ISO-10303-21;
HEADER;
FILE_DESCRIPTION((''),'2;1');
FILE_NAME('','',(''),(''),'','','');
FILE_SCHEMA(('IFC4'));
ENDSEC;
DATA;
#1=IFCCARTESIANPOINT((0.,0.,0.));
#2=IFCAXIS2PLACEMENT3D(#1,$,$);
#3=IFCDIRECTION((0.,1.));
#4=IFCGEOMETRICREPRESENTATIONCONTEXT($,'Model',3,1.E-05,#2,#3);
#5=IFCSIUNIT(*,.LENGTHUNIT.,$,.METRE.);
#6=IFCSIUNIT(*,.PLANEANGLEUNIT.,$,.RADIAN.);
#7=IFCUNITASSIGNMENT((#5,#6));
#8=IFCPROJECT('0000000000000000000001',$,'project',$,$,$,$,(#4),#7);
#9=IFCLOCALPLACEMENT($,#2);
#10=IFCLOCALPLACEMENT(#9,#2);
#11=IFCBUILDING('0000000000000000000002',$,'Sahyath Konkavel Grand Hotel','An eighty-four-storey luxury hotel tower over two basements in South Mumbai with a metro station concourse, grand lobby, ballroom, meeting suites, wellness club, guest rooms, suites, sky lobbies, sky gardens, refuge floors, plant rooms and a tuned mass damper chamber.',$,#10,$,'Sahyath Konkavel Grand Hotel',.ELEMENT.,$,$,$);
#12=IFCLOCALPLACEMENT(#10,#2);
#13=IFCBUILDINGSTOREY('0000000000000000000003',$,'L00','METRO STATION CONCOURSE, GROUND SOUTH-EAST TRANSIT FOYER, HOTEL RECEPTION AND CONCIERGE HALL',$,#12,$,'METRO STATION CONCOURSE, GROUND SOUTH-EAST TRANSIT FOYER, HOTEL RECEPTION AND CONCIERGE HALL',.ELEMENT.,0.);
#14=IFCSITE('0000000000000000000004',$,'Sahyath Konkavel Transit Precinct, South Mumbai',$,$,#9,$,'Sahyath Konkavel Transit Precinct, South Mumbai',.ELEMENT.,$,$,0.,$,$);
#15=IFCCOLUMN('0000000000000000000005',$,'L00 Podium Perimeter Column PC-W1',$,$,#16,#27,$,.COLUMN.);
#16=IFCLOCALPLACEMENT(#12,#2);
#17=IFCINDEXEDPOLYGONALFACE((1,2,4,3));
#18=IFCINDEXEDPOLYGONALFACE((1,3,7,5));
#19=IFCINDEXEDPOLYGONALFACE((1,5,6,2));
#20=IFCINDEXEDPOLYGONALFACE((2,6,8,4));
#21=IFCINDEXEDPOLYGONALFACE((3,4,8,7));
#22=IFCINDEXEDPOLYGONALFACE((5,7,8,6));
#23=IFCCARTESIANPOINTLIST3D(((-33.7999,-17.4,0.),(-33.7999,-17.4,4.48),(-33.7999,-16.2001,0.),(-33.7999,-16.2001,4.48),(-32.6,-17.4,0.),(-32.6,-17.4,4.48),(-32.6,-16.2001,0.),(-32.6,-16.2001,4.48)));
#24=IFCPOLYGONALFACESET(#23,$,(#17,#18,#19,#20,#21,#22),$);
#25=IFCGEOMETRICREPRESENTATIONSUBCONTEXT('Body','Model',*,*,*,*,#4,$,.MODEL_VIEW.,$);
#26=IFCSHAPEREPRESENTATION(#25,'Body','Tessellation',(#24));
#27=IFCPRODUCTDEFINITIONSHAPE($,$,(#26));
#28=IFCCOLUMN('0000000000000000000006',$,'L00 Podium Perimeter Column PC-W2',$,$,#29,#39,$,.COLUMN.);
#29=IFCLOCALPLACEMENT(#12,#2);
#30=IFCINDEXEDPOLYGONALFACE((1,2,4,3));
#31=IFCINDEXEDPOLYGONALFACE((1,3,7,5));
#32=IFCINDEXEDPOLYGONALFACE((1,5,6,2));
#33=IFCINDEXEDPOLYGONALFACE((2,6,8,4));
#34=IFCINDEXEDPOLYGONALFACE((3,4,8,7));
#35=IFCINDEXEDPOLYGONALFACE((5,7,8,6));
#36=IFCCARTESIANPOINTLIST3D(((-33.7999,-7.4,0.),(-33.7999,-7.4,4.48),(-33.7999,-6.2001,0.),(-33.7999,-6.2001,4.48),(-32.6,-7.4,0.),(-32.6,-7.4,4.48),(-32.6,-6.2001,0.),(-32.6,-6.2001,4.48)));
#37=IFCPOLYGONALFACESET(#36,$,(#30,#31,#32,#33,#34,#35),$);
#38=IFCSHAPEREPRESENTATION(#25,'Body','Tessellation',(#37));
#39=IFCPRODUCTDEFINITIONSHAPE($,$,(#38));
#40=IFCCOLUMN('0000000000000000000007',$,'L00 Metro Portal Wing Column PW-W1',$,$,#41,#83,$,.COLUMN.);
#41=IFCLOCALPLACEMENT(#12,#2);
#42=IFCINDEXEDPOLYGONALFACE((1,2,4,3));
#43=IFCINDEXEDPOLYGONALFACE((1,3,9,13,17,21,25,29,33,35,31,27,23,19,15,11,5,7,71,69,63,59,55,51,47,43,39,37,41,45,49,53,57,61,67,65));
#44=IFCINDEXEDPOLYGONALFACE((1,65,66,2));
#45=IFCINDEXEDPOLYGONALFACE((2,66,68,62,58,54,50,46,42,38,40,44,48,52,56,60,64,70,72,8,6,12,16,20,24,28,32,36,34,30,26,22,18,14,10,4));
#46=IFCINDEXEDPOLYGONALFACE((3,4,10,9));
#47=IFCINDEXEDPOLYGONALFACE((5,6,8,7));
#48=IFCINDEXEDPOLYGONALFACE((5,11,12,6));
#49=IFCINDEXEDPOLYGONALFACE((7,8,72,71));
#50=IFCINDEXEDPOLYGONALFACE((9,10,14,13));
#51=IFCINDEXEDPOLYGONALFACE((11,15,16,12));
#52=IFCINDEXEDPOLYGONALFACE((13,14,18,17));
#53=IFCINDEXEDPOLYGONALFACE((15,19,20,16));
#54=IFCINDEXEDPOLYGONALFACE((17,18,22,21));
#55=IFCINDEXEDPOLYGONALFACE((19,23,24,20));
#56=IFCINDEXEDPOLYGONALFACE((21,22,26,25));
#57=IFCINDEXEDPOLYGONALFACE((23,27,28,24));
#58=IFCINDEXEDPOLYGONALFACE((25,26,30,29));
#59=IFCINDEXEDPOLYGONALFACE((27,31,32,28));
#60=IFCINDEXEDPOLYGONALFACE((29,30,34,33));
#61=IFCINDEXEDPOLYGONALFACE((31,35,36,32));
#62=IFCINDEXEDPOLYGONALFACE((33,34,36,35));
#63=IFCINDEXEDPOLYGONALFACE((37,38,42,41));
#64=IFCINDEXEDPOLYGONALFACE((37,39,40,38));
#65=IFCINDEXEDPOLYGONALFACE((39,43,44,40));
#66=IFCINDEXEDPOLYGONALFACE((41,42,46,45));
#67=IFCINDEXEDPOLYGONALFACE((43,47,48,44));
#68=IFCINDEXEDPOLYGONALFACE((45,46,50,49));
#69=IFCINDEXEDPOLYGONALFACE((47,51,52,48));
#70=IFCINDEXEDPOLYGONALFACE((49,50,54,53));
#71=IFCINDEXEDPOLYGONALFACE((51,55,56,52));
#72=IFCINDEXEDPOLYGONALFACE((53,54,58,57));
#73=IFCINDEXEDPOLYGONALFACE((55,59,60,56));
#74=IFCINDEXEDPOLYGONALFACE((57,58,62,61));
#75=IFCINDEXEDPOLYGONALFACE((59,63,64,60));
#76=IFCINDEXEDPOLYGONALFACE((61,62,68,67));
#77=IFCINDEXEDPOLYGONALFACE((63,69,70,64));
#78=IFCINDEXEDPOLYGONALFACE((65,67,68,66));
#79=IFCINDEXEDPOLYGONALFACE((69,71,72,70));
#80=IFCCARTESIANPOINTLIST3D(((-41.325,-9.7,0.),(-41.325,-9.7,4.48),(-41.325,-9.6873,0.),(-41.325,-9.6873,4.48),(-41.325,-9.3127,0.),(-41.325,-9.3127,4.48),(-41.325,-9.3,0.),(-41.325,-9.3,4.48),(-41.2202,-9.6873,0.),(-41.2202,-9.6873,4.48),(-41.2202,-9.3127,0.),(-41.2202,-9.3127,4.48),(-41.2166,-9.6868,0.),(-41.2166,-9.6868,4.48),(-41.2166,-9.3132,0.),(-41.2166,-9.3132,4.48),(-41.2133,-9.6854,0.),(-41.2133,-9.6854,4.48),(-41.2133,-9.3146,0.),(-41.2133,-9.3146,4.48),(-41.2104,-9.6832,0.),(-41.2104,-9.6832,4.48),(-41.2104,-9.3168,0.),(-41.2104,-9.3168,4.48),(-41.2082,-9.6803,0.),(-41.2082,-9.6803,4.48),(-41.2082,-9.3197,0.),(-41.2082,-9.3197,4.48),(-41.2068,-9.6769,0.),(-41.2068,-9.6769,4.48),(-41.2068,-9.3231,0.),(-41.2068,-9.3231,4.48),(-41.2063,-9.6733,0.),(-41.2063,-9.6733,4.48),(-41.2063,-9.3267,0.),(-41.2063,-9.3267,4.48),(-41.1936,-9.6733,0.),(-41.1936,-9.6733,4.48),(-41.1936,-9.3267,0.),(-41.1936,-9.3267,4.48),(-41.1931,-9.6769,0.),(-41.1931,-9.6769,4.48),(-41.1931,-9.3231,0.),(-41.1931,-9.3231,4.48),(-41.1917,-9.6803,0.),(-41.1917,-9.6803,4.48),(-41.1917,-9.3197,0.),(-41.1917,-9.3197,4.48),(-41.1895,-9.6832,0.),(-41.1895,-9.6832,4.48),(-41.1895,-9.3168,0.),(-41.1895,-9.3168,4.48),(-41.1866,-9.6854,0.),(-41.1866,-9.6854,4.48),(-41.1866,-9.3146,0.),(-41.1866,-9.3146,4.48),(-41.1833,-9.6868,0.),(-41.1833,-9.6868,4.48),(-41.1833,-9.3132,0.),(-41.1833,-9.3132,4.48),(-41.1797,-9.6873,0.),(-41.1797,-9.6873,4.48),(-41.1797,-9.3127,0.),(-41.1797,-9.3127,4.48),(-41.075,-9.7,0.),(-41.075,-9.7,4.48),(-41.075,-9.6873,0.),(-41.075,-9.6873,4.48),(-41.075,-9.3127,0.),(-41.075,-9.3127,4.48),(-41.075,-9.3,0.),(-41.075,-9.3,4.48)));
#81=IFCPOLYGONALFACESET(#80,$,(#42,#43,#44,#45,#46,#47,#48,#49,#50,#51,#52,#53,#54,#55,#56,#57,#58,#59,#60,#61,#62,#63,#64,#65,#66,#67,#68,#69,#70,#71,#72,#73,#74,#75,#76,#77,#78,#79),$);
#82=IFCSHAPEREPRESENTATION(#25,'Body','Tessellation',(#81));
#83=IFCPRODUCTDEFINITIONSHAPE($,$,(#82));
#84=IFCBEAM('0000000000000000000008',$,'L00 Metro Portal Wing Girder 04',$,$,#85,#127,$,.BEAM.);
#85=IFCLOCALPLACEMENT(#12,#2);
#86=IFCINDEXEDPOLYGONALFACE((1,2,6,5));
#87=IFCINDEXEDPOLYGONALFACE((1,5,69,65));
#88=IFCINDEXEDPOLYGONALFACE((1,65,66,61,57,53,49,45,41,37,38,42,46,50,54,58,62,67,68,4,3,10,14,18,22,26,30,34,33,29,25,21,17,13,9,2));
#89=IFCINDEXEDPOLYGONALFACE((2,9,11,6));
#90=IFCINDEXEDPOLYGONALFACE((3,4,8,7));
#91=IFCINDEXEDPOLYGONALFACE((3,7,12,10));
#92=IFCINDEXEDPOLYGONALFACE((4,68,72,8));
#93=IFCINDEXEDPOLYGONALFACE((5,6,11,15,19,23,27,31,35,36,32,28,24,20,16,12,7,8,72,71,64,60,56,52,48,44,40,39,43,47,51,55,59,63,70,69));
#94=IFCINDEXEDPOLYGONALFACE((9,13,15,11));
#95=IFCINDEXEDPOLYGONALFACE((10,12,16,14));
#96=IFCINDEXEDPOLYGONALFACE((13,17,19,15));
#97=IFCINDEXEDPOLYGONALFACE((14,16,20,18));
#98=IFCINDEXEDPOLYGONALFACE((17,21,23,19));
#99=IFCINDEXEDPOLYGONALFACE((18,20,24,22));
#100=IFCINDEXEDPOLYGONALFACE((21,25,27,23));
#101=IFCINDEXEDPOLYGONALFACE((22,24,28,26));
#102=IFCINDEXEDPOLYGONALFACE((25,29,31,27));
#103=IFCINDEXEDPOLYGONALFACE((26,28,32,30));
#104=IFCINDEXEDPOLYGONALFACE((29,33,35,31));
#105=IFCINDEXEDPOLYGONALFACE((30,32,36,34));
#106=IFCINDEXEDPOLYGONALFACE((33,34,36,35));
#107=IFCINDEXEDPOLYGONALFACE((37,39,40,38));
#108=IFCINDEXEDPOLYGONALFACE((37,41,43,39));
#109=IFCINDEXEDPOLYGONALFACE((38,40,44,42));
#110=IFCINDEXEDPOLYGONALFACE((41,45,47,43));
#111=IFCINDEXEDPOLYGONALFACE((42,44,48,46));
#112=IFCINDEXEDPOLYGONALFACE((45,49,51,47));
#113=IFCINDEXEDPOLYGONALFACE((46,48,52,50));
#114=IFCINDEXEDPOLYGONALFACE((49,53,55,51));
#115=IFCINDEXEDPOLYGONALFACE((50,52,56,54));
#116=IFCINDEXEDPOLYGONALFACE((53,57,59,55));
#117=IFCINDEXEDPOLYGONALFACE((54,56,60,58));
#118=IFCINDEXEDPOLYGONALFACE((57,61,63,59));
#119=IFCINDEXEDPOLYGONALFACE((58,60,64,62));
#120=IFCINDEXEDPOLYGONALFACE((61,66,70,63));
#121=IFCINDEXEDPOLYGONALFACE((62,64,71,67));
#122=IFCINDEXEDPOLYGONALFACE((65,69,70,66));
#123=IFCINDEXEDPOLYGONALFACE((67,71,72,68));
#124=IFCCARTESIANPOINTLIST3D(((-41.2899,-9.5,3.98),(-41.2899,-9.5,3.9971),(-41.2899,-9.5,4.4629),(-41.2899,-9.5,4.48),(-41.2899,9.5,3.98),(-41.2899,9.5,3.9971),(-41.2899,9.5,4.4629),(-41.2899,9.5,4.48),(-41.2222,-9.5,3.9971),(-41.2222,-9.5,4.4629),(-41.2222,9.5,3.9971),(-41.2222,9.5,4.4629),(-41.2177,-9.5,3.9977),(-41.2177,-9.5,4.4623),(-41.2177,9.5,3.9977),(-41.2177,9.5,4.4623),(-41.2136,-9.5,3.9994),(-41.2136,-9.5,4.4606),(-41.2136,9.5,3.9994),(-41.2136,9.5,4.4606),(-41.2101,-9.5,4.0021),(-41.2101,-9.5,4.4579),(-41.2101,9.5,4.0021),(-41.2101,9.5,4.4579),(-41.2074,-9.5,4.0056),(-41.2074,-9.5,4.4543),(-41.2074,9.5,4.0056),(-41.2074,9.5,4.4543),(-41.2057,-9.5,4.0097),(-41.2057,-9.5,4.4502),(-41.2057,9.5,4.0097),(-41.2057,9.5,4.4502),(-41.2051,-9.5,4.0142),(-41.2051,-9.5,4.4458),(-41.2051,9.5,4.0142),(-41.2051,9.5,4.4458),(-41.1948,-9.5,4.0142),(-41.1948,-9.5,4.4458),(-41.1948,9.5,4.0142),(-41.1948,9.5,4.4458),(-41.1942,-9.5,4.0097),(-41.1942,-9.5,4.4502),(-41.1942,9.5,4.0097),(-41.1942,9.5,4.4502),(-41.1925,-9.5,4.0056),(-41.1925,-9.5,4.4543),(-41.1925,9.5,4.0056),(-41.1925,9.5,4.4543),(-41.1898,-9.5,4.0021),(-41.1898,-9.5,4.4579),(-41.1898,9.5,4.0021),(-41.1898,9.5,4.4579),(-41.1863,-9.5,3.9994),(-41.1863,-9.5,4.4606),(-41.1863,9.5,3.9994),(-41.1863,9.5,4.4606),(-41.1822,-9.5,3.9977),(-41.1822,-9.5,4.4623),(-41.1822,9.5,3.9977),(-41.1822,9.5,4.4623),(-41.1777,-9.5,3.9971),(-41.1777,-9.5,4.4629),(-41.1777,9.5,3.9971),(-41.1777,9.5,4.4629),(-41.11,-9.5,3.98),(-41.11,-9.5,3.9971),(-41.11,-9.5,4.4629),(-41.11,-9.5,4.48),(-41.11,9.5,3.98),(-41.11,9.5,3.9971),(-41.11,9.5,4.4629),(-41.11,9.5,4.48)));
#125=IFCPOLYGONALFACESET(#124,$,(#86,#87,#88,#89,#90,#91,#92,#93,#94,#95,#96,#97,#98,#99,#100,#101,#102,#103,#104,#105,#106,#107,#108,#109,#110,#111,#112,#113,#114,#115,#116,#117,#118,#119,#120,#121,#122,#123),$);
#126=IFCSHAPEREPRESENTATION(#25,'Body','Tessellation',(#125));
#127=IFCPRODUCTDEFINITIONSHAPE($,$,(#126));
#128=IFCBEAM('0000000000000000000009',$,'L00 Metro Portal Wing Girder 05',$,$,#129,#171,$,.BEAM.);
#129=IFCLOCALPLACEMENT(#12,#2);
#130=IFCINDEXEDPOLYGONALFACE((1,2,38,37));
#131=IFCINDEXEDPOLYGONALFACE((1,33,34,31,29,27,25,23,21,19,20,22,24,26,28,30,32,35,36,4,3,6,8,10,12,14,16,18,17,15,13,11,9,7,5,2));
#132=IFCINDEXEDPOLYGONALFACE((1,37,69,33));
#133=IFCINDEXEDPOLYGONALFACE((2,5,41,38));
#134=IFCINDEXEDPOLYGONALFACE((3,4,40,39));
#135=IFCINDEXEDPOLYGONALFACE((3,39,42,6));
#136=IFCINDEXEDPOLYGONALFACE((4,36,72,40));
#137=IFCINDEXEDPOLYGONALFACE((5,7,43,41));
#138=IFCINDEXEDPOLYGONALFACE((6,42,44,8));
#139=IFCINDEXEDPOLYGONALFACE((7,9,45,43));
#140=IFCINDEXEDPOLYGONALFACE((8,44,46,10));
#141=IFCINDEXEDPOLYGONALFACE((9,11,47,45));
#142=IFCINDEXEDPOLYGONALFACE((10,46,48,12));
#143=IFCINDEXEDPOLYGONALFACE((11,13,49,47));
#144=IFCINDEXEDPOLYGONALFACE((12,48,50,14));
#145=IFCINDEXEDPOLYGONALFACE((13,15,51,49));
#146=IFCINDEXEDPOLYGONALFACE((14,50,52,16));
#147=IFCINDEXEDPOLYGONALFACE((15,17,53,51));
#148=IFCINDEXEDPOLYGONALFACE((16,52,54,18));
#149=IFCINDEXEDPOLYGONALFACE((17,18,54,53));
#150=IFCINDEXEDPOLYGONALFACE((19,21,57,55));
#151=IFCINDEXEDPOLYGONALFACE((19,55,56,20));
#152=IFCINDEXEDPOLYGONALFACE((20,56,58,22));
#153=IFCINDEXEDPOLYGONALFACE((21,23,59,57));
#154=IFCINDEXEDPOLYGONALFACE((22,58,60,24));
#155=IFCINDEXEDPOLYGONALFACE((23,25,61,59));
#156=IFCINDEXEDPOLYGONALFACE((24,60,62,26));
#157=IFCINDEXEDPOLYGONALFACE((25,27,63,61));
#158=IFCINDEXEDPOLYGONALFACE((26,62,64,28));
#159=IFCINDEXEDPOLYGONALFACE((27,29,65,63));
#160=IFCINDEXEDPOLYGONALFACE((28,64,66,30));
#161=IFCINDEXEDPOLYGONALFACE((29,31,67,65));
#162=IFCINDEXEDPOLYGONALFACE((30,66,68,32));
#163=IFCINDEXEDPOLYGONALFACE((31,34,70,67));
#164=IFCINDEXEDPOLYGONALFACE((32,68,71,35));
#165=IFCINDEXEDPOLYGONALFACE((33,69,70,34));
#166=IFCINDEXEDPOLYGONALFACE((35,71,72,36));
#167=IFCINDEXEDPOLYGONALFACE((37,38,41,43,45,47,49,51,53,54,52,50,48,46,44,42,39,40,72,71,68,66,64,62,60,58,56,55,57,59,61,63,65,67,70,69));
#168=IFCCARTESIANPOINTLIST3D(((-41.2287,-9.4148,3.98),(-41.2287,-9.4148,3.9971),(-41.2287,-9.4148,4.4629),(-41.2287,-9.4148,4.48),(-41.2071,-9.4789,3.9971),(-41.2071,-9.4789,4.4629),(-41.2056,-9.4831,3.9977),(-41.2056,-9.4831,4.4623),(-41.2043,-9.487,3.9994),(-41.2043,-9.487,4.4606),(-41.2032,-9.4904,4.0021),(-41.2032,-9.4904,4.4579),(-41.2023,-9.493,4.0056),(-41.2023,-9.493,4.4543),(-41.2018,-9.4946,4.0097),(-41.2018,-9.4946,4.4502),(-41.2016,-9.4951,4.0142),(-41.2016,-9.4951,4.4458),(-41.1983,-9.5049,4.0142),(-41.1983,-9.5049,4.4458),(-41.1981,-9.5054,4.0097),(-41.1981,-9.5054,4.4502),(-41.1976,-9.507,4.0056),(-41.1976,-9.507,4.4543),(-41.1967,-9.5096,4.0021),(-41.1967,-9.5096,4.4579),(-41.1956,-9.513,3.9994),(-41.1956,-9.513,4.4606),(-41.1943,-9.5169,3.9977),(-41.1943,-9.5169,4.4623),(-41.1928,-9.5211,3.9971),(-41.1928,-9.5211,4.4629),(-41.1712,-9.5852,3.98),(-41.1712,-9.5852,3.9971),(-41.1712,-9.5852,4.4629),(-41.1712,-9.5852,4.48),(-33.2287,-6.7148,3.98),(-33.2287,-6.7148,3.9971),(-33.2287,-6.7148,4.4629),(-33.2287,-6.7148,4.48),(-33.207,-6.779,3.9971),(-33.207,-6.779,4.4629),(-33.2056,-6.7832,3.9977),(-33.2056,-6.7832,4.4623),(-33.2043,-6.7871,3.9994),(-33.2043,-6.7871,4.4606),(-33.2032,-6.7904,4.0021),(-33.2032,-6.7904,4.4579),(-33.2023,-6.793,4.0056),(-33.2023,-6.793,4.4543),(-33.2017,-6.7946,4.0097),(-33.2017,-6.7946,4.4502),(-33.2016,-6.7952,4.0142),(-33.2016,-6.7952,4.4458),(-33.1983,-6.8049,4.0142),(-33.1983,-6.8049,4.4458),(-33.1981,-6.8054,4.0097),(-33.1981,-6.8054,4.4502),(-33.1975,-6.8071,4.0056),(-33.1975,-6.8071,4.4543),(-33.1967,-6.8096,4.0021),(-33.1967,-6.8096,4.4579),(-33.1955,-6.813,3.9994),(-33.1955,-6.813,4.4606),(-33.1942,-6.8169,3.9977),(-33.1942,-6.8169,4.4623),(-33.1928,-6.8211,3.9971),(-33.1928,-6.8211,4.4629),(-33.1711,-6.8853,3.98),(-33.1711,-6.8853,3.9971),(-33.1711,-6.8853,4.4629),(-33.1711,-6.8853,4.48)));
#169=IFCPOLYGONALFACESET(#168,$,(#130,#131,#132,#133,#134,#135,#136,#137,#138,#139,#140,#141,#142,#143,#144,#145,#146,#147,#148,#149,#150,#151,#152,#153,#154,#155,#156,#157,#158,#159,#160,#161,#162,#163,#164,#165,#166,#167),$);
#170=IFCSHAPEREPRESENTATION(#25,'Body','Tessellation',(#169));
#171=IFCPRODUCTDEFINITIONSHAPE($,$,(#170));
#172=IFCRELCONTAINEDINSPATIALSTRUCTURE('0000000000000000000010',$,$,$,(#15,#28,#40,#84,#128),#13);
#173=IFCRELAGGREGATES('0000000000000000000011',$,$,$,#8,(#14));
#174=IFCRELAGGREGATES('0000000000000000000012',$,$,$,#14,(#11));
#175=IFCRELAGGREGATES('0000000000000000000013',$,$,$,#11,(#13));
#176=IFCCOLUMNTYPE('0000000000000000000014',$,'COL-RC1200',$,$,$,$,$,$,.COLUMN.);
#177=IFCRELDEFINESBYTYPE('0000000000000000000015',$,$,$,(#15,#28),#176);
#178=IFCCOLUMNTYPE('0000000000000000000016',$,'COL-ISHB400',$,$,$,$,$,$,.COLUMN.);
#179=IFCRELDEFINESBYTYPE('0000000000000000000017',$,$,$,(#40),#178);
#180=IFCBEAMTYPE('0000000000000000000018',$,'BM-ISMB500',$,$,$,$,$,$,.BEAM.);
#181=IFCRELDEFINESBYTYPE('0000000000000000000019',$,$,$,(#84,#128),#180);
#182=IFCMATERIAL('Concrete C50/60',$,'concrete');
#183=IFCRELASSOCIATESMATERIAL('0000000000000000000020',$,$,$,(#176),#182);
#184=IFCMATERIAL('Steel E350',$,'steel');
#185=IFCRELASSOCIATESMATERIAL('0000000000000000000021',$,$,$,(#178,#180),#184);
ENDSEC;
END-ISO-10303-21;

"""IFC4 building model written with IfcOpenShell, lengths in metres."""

from ifc_helpers import new_model, si_unit, direction, frame, origin, origin_2d, place, context, subcontext, project, spatial, rectangle, i_section, extrude, source, transform, mapped, material, material_profile, profile_set, type_object, element, save


model = new_model("IFC4")

# Units and contexts
model_context = context("Model", 3, precision=1e-05, world=origin(), true_north=direction((0.0, 1.0)))
body_context = subcontext(model_context, "Body", "Model", "MODEL_VIEW")
ifc_project = project(units=[si_unit("LENGTHUNIT", "METRE"), si_unit("PLANEANGLEUNIT", "RADIAN")], contexts=[model_context])

# Site, building, storey
site_placement = place(None, origin())
site = spatial("IfcSite", under=ifc_project, at=site_placement, Name="Sahyath Konkavel Transit Precinct, South Mumbai", LongName="Sahyath Konkavel Transit Precinct, South Mumbai", CompositionType="ELEMENT", RefElevation=0.0)
building_placement = place(site_placement, origin())
building = spatial("IfcBuilding", under=site, at=building_placement, Name="Sahyath Konkavel Grand Hotel", Description="An eighty-four-storey luxury hotel tower over two basements in South Mumbai with a metro station concourse, grand lobby, ballroom, meeting suites, wellness club, guest rooms, suites, sky lobbies, sky gardens, refuge floors, plant rooms and a tuned mass damper chamber.", LongName="Sahyath Konkavel Grand Hotel", CompositionType="ELEMENT")
storey_placement = place(building_placement, origin())
storey = spatial("IfcBuildingStorey", under=building, at=storey_placement, Name="L00", Description="METRO STATION CONCOURSE, GROUND SOUTH-EAST TRANSIT FOYER, HOTEL RECEPTION AND CONCIERGE HALL", LongName="METRO STATION CONCOURSE, GROUND SOUTH-EAST TRANSIT FOYER, HOTEL RECEPTION AND CONCIERGE HALL", CompositionType="ELEMENT", Elevation=0.0)

# Columns
ifc_material_1 = material(Name="Concrete C50/60", Category="concrete")
ifc_material_profile_1 = material_profile(ifc_material_1, rectangle(XDim=1.2, YDim=1.2, at=origin_2d()), Name="RC 1200x1200")
ifc_profile_set_1 = profile_set([ifc_material_profile_1], Name="Concrete C50/60")
column_type_1 = type_object("IfcColumnType", Name="COL-RC1200", PredefinedType="COLUMN", material=ifc_profile_set_1)
shared_shape_1 = source(origin(), body_context, "Body", "SweptSolid", [
    extrude(rectangle(XDim=1.2, YDim=1.2, at=origin_2d()), origin(), (0.0, 0.0, 1.0), 4.48),
])
for number, where, z_axis, x_axis, name in (
    (1, (-33.2, -16.8, 0.0), (0.0, 0.0, 1.0), (1.0, 0.0, 0.0), "L00 Podium Perimeter Column PC-W1"),
    (2, (-33.2, -6.8, 0.0), (0.0, 0.0, 1.0), (1.0, 0.0, 0.0), "L00 Podium Perimeter Column PC-W2"),
):
    element("IfcColumn", number, at=place(storey_placement, frame(where, z_axis=z_axis, x_axis=x_axis)), inside=storey, type_object=column_type_1, Name=name, PredefinedType="COLUMN", context=body_context, shape_type="MappedRepresentation", body=[
        mapped(shared_shape_1, transform((0.0, 0.0, 0.0), scale=1.0)),
    ])
ifc_material_2 = material(Name="Steel E350", Category="steel")
ifc_material_profile_2 = material_profile(ifc_material_2, i_section(OverallWidth=0.25, OverallDepth=0.3999, WebThickness=0.0127, FlangeThickness=0.0127, FilletRadius=0.0139, at=origin_2d()), Name="ISHB 400")
ifc_profile_set_2 = profile_set([ifc_material_profile_2], Name="Steel E350")
column_type_2 = type_object("IfcColumnType", Name="COL-ISHB400", PredefinedType="COLUMN", material=ifc_profile_set_2)
shared_shape_2 = source(origin(), body_context, "Body", "SweptSolid", [
    extrude(i_section(OverallWidth=0.25, OverallDepth=0.3999, WebThickness=0.0127, FlangeThickness=0.0127, FilletRadius=0.0139, at=origin_2d()), origin(), (0.0, 0.0, 1.0), 4.48),
])
column_placement = place(storey_placement, frame((-41.2, -9.5, 0.0), z_axis=(0.0, 0.0, 1.0), x_axis=(1.0, 0.0, 0.0)))
element("IfcColumn", 3, at=column_placement, inside=storey, type_object=column_type_2, Name="L00 Metro Portal Wing Column PW-W1", PredefinedType="COLUMN", context=body_context, shape_type="MappedRepresentation", body=[
    mapped(shared_shape_2, transform((0.0, 0.0, 0.0), scale=1.0)),
])

# Beams
ifc_material_profile_3 = material_profile(ifc_material_2, i_section(OverallWidth=0.1799, OverallDepth=0.5, WebThickness=0.0103, FlangeThickness=0.0171, FilletRadius=0.0171, at=origin_2d()), Name="ISMB 500")
ifc_profile_set_3 = profile_set([ifc_material_profile_3], Name="Steel E350")
beam_type_1 = type_object("IfcBeamType", Name="BM-ISMB500", PredefinedType="BEAM", material=ifc_profile_set_3)
shared_shape_3 = source(origin(), body_context, "Body", "SweptSolid", [
    extrude(i_section(OverallWidth=0.1799, OverallDepth=0.5, WebThickness=0.0103, FlangeThickness=0.0171, FilletRadius=0.0171, at=origin_2d()), origin(), (0.0, 0.0, 1.0), 19.0),
])
beam_1_placement = place(storey_placement, frame((-41.2, -9.5, 4.23), z_axis=(0.0, 1.0, 0.0), x_axis=(-1.0, 0.0, 0.0)))
element("IfcBeam", 4, at=beam_1_placement, inside=storey, type_object=beam_type_1, Name="L00 Metro Portal Wing Girder 04", PredefinedType="BEAM", context=body_context, shape_type="MappedRepresentation", body=[
    mapped(shared_shape_3, transform((0.0, 0.0, 0.0), scale=1.0)),
])
shared_shape_4 = source(origin(), body_context, "Body", "SweptSolid", [
    extrude(i_section(OverallWidth=0.1799, OverallDepth=0.5, WebThickness=0.0103, FlangeThickness=0.0171, FilletRadius=0.0171, at=origin_2d()), origin(), (0.0, 0.0, 1.0), 8.4434),
])
beam_2_placement = place(storey_placement, frame((-41.2, -9.5, 4.23), z_axis=(0.947494, 0.319773, 0.0), x_axis=(-0.319773, 0.947494, 0.0)))
element("IfcBeam", 5, at=beam_2_placement, inside=storey, type_object=beam_type_1, Name="L00 Metro Portal Wing Girder 05", PredefinedType="BEAM", context=body_context, shape_type="MappedRepresentation", body=[
    mapped(shared_shape_4, transform((0.0, 0.0, 0.0), scale=1.0)),
])

save(model, "model.ifc")
